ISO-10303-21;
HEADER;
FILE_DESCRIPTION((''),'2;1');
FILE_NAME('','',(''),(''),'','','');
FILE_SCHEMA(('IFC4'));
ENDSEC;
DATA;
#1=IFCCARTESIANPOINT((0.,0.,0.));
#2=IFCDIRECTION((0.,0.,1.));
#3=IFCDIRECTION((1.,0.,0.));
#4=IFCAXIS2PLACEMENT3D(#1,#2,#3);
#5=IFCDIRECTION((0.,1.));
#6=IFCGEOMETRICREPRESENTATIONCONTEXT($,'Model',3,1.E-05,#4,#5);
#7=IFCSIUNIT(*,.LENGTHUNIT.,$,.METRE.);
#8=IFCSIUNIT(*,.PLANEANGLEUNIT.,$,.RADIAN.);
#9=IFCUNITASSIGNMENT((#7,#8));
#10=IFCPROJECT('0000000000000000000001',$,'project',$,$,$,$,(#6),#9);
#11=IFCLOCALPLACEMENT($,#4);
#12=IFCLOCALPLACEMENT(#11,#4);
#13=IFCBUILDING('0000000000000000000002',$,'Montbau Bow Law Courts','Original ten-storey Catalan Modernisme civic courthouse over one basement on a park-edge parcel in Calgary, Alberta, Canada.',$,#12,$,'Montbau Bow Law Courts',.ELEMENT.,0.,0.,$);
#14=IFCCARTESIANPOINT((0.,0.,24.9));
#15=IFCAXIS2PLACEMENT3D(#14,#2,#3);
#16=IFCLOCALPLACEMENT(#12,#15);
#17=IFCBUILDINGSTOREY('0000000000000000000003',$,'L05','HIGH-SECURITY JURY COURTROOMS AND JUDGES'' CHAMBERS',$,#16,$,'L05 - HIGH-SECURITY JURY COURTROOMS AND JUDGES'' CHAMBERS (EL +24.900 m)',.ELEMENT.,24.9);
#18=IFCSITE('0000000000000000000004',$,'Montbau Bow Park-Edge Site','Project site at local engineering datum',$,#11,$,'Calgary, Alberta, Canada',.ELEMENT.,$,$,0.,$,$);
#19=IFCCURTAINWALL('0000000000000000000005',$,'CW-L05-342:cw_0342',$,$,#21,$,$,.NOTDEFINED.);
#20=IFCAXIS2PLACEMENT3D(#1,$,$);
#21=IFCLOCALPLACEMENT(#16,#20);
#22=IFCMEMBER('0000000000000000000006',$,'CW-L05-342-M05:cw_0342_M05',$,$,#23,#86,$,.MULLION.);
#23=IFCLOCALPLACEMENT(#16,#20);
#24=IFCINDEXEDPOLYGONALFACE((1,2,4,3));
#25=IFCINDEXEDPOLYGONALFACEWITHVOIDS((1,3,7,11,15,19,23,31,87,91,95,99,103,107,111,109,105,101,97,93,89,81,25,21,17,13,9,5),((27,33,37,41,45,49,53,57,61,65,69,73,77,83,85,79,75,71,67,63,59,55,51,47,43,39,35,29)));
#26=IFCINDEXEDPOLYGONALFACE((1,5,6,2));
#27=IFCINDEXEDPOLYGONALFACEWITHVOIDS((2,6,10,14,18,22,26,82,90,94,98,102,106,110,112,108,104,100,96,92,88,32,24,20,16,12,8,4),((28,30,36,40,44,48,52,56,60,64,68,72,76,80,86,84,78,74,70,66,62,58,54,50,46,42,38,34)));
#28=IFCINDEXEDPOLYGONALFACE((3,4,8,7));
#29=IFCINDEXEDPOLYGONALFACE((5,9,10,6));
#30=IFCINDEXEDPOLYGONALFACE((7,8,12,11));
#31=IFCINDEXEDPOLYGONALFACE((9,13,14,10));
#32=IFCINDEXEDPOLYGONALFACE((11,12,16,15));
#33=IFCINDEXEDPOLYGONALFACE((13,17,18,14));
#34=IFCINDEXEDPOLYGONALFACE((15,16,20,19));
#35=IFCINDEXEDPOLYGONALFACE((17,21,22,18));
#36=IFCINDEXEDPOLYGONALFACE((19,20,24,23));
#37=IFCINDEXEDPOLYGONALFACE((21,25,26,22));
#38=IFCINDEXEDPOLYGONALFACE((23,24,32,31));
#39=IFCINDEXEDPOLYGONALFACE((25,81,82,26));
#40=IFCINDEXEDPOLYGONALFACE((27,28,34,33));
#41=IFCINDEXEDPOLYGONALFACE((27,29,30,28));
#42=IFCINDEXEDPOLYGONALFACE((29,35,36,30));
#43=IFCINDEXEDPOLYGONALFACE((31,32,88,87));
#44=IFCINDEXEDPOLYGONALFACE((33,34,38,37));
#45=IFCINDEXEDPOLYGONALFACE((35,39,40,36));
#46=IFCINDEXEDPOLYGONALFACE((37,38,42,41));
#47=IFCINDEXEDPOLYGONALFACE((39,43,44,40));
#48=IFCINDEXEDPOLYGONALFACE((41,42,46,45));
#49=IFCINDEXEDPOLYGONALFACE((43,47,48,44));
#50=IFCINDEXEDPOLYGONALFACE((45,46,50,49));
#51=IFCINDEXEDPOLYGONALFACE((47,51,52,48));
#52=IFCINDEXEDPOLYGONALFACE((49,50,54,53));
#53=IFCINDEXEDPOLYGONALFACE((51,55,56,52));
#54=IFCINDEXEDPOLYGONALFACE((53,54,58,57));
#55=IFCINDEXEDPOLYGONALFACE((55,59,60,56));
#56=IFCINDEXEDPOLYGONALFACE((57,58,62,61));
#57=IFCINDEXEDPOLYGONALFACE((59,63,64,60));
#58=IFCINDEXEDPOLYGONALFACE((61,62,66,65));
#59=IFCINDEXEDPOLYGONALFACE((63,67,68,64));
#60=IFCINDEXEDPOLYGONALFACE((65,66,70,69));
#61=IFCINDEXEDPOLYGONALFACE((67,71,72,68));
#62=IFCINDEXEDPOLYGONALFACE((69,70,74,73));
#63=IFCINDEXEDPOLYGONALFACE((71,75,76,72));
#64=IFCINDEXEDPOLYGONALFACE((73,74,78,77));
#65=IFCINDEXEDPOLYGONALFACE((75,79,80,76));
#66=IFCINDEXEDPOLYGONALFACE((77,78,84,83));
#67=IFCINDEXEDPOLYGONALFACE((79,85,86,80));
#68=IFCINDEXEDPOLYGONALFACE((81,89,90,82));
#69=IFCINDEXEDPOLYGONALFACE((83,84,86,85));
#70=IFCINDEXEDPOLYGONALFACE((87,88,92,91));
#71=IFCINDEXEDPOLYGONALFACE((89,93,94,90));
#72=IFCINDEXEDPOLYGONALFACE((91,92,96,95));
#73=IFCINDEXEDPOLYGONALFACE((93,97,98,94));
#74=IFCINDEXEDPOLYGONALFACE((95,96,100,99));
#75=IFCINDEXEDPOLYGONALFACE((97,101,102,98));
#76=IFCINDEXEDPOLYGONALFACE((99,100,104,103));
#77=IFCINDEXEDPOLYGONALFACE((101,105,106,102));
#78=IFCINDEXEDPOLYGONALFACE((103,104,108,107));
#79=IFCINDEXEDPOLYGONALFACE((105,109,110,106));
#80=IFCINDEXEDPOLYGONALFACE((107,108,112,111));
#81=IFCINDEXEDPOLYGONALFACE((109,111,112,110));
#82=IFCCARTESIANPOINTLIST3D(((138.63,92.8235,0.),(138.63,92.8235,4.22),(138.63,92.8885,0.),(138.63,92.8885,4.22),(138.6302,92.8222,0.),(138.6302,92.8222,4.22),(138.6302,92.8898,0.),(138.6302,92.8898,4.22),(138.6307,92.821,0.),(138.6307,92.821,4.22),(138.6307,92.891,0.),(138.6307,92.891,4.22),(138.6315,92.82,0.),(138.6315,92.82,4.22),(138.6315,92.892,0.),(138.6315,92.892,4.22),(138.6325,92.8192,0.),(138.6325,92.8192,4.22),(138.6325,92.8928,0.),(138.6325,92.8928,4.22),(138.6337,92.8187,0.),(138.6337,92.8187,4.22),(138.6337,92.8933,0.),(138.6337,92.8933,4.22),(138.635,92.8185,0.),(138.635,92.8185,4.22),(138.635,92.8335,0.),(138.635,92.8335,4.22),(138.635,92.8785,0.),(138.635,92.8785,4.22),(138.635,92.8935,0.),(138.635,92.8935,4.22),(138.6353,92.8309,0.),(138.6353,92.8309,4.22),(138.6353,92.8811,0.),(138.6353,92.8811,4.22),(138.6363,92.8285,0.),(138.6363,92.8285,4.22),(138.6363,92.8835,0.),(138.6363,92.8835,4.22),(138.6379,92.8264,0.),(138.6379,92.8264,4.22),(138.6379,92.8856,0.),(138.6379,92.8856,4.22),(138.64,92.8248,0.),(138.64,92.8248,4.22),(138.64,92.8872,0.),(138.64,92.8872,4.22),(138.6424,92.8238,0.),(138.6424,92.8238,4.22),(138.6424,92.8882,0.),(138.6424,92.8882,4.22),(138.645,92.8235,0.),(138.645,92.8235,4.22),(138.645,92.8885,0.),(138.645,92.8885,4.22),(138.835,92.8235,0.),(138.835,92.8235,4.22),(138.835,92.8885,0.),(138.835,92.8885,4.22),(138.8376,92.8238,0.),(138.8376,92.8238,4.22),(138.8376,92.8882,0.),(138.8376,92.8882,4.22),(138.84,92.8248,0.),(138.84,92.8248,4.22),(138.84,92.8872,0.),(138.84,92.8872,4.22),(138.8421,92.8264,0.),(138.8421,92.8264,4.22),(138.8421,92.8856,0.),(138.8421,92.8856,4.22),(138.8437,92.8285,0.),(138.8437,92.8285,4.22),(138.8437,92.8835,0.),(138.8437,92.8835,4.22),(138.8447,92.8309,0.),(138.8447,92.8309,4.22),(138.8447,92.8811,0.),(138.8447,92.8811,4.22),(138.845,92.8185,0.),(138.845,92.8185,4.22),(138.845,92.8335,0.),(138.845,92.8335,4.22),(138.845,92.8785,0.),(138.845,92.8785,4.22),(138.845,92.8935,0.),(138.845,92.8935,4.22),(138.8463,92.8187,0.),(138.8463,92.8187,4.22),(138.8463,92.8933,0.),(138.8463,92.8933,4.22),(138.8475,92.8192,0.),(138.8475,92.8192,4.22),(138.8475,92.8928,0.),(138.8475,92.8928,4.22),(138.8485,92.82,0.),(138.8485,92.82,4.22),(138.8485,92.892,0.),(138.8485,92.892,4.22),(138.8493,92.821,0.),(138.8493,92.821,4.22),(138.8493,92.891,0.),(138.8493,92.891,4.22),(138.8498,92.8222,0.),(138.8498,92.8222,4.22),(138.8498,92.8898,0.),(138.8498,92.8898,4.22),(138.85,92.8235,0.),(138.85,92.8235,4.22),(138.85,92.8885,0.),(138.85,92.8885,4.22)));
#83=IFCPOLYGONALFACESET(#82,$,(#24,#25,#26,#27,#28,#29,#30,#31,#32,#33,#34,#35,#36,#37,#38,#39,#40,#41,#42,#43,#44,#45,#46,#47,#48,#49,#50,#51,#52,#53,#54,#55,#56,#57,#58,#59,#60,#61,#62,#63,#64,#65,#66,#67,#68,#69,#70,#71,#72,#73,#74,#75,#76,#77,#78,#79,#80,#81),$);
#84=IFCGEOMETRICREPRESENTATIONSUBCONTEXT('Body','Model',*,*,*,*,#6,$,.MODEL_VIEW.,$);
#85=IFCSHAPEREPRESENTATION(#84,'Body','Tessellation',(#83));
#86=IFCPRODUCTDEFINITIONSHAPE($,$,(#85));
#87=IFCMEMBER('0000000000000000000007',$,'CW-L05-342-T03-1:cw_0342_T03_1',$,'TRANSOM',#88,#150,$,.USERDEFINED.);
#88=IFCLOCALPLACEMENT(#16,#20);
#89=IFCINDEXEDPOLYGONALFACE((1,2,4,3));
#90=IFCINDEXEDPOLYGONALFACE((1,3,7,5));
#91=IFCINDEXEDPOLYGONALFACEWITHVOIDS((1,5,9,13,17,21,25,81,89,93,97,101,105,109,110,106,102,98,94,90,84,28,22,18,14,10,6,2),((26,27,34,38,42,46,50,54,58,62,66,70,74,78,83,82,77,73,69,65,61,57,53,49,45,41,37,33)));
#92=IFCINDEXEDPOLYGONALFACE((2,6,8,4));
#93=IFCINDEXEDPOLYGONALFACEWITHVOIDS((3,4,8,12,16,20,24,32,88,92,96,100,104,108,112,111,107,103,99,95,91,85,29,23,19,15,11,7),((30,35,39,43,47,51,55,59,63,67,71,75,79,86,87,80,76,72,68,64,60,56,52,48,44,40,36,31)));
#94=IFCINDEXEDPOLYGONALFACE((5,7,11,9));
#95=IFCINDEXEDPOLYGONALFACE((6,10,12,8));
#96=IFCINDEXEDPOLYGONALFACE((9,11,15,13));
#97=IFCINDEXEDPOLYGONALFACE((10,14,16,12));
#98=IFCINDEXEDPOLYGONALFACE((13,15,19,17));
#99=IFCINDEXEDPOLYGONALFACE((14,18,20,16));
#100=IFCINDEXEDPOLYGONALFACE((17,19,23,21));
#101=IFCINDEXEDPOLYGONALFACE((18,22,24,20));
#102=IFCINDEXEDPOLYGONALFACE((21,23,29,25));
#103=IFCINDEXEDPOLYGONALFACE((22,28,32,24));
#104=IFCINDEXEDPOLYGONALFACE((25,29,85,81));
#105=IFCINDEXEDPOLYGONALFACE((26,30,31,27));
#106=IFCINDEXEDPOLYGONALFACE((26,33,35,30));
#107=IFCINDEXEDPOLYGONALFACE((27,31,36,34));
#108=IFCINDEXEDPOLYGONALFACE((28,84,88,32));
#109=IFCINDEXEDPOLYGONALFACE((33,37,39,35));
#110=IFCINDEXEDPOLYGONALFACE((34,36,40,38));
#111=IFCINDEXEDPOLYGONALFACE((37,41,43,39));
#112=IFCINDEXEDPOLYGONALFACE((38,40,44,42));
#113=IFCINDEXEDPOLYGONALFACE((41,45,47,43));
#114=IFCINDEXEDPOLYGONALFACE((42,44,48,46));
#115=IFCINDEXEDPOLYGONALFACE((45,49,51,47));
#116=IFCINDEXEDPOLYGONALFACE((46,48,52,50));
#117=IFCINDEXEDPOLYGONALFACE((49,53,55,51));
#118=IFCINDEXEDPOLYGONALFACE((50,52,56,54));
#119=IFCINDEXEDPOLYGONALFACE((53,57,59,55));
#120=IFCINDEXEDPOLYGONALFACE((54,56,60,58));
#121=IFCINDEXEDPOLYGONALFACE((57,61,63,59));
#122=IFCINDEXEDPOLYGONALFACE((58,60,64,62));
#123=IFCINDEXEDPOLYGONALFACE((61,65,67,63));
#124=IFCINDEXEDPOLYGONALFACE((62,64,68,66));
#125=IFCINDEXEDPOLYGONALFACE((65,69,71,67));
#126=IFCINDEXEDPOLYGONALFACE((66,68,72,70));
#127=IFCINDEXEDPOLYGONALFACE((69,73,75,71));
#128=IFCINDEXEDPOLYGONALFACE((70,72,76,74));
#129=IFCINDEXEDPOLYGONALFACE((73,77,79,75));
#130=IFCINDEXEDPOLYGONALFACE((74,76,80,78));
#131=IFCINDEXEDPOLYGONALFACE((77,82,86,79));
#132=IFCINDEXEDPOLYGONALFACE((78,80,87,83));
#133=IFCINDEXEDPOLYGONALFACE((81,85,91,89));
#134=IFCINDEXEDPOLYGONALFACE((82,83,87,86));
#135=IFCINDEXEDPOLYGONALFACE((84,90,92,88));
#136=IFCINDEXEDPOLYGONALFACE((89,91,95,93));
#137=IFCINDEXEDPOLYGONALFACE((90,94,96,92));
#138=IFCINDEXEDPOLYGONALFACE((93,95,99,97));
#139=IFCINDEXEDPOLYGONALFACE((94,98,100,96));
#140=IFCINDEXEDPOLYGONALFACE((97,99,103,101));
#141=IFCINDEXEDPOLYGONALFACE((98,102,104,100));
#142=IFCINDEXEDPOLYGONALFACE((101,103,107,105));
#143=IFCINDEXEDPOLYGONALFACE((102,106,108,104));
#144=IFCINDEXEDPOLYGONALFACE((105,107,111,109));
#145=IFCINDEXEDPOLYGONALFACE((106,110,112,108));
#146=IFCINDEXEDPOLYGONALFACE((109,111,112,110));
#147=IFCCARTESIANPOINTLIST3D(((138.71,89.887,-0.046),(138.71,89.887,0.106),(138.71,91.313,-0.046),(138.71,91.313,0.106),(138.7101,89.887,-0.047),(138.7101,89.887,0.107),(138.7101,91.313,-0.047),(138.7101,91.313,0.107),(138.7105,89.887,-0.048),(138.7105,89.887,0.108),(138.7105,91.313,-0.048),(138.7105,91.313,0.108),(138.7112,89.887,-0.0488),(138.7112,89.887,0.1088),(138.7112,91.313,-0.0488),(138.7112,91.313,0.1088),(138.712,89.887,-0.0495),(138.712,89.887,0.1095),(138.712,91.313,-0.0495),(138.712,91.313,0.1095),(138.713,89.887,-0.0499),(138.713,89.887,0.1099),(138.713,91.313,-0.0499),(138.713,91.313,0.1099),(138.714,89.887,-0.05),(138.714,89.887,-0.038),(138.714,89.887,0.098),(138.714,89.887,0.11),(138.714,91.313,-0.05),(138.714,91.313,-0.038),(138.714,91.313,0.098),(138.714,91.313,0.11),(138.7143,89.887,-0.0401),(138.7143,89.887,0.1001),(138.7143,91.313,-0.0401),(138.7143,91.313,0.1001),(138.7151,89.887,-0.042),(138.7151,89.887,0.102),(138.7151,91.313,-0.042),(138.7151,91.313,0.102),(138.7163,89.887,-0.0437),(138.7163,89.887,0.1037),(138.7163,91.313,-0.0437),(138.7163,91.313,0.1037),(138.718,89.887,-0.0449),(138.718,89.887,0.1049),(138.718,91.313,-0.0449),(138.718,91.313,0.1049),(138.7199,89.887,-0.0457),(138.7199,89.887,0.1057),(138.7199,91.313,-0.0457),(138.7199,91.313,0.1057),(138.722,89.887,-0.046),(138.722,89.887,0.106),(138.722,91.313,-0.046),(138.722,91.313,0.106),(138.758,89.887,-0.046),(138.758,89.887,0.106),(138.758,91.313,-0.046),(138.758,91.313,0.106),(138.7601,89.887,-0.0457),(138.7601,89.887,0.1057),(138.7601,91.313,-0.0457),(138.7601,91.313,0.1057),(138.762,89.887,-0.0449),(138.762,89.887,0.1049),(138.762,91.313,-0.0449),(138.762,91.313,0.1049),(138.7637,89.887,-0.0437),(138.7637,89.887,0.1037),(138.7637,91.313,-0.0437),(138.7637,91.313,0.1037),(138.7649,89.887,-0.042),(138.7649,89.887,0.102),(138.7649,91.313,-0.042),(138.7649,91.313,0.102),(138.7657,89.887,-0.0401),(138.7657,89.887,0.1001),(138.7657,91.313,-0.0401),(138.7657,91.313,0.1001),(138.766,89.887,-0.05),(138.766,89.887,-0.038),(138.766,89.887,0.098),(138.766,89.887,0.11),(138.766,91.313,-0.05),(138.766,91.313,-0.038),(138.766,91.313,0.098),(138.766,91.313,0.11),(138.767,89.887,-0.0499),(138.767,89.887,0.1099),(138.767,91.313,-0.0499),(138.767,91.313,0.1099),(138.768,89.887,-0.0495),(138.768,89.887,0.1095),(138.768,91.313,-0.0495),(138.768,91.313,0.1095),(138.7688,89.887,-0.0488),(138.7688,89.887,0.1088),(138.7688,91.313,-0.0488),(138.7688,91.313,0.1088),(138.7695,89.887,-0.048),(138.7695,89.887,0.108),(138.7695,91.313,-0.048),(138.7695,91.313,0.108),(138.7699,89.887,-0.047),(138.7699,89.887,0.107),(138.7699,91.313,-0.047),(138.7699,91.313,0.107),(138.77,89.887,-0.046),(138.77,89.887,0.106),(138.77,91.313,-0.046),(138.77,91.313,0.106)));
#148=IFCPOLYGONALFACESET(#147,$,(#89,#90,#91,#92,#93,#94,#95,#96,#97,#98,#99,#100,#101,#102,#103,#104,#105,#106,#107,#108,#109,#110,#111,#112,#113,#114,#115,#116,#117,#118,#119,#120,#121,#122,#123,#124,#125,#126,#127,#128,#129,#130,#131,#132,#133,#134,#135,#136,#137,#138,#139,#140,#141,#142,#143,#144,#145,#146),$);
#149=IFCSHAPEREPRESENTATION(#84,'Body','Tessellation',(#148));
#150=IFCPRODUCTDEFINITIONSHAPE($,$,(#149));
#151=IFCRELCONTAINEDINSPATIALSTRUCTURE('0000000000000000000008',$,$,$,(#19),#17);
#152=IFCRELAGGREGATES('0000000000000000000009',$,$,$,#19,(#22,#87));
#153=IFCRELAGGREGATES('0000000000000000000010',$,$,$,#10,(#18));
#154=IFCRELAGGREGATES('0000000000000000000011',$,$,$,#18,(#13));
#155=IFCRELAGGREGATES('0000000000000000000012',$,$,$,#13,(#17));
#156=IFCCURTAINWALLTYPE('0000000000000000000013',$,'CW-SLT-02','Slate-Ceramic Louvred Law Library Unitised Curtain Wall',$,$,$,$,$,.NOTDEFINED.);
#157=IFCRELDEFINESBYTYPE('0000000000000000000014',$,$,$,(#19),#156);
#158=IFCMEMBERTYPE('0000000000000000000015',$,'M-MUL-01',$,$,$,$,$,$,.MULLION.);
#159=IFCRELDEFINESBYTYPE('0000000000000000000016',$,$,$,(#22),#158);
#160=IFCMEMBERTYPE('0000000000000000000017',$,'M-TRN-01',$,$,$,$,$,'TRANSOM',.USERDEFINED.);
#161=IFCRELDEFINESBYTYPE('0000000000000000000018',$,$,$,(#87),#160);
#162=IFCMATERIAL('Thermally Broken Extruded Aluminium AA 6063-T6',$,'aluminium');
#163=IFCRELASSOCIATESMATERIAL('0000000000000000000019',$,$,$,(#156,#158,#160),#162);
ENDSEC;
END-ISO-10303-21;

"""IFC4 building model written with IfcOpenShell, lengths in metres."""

from ifc_helpers import new_model, si_unit, direction, frame, origin_with_axes, origin_2d_with_axis, place, context, subcontext, project, spatial, hollow_rectangle, extrude, material, material_profile, profile_set, type_object, element, aggregate, save


model = new_model("IFC4")

# Units and contexts
model_context = context("Model", 3, precision=1e-05, world=origin_with_axes(), true_north=direction((0.0, 1.0)))
body_context = subcontext(model_context, "Body", "Model", "MODEL_VIEW")
ifc_project = project(units=[si_unit("LENGTHUNIT", "METRE"), si_unit("PLANEANGLEUNIT", "RADIAN")], contexts=[model_context])

# Site, building, storey
site_placement = place(None, origin_with_axes())
site = spatial("IfcSite", under=ifc_project, at=site_placement, Name="Montbau Bow Park-Edge Site", Description="Project site at local engineering datum", LongName="Calgary, Alberta, Canada", CompositionType="ELEMENT", RefElevation=0.0)
building_placement = place(site_placement, origin_with_axes())
building = spatial("IfcBuilding", under=site, at=building_placement, Name="Montbau Bow Law Courts", Description="Original ten-storey Catalan Modernisme civic courthouse over one basement on a park-edge parcel in Calgary, Alberta, Canada.", LongName="Montbau Bow Law Courts", CompositionType="ELEMENT", ElevationOfRefHeight=0.0, ElevationOfTerrain=0.0)
storey_placement = place(building_placement, frame((0.0, 0.0, 24.9), z_axis=(0.0, 0.0, 1.0), x_axis=(1.0, 0.0, 0.0)))
storey = spatial("IfcBuildingStorey", under=building, at=storey_placement, Name="L05", Description="HIGH-SECURITY JURY COURTROOMS AND JUDGES' CHAMBERS", LongName="L05 - HIGH-SECURITY JURY COURTROOMS AND JUDGES' CHAMBERS (EL +24.900 m)", CompositionType="ELEMENT", Elevation=24.9)

# Curtain wall, members
ifc_material_1 = material(Name="Thermally Broken Extruded Aluminium AA 6063-T6", Category="aluminium")
curtain_wall_type = type_object("IfcCurtainWallType", Name="CW-SLT-02", Description="Slate-Ceramic Louvred Law Library Unitised Curtain Wall", PredefinedType="NOTDEFINED", material=ifc_material_1)
curtain_wall_placement = place(None, frame((138.74, 86.84, 24.9), z_axis=(0.0, 0.0, 1.0), x_axis=(1.0, 0.0, 0.0)))
curtain_wall = element("IfcCurtainWall", 1, at=curtain_wall_placement, inside=storey, type_object=curtain_wall_type, Name="CW-L05-342:cw_0342", PredefinedType="NOTDEFINED")
ifc_material_profile_1 = material_profile(ifc_material_1, hollow_rectangle(XDim=0.075, YDim=0.22, WallThickness=0.005, InnerFilletRadius=0.01, OuterFilletRadius=0.005, at=origin_2d_with_axis()), Name="CWM-220X75", Category="Main", Priority=0)
ifc_profile_set_1 = profile_set([ifc_material_profile_1], Name="Thermally Broken Extruded Aluminium AA 6063-T6")
member_type_1 = type_object("IfcMemberType", Name="M-MUL-01", PredefinedType="MULLION", material=ifc_profile_set_1)
member_1_placement = place(None, frame((138.74, 92.856, 24.9), z_axis=(0.0, 0.0, 1.0), x_axis=(0.0, 1.0, 0.0)))
member_1 = element("IfcMember", 2, at=member_1_placement, type_object=member_type_1, Name="CW-L05-342-M05:cw_0342_M05", PredefinedType="MULLION", context=body_context, shape_type="SweptSolid", body=[
    extrude(hollow_rectangle(XDim=0.075, YDim=0.22, WallThickness=0.005, InnerFilletRadius=0.01, OuterFilletRadius=0.005, at=origin_2d_with_axis()), origin_with_axes(), (0.0, 0.0, 1.0), 4.22),
])
ifc_material_profile_2 = material_profile(ifc_material_1, hollow_rectangle(XDim=0.06, YDim=0.16, WallThickness=0.004, InnerFilletRadius=0.008, OuterFilletRadius=0.004, at=origin_2d_with_axis()), Name="CWT-160X60", Category="Main", Priority=0)
ifc_profile_set_2 = profile_set([ifc_material_profile_2], Name="Thermally Broken Extruded Aluminium AA 6063-T6")
member_type_2 = type_object("IfcMemberType", Name="M-TRN-01", ElementType="TRANSOM", PredefinedType="USERDEFINED", material=ifc_profile_set_2)
member_2_placement = place(None, frame((138.74, 89.887, 24.93), z_axis=(0.0, 1.0, 0.0), x_axis=(-1.0, 0.0, 0.0)))
member_2 = element("IfcMember", 3, at=member_2_placement, type_object=member_type_2, Name="CW-L05-342-T03-1:cw_0342_T03_1", ObjectType="TRANSOM", PredefinedType="USERDEFINED", context=body_context, shape_type="SweptSolid", body=[
    extrude(hollow_rectangle(XDim=0.06, YDim=0.16, WallThickness=0.004, InnerFilletRadius=0.008, OuterFilletRadius=0.004, at=origin_2d_with_axis()), origin_with_axes(), (0.0, 0.0, 1.0), 1.426),
])
aggregate(curtain_wall, [member_1, member_2])

save(model, "model.ifc")
